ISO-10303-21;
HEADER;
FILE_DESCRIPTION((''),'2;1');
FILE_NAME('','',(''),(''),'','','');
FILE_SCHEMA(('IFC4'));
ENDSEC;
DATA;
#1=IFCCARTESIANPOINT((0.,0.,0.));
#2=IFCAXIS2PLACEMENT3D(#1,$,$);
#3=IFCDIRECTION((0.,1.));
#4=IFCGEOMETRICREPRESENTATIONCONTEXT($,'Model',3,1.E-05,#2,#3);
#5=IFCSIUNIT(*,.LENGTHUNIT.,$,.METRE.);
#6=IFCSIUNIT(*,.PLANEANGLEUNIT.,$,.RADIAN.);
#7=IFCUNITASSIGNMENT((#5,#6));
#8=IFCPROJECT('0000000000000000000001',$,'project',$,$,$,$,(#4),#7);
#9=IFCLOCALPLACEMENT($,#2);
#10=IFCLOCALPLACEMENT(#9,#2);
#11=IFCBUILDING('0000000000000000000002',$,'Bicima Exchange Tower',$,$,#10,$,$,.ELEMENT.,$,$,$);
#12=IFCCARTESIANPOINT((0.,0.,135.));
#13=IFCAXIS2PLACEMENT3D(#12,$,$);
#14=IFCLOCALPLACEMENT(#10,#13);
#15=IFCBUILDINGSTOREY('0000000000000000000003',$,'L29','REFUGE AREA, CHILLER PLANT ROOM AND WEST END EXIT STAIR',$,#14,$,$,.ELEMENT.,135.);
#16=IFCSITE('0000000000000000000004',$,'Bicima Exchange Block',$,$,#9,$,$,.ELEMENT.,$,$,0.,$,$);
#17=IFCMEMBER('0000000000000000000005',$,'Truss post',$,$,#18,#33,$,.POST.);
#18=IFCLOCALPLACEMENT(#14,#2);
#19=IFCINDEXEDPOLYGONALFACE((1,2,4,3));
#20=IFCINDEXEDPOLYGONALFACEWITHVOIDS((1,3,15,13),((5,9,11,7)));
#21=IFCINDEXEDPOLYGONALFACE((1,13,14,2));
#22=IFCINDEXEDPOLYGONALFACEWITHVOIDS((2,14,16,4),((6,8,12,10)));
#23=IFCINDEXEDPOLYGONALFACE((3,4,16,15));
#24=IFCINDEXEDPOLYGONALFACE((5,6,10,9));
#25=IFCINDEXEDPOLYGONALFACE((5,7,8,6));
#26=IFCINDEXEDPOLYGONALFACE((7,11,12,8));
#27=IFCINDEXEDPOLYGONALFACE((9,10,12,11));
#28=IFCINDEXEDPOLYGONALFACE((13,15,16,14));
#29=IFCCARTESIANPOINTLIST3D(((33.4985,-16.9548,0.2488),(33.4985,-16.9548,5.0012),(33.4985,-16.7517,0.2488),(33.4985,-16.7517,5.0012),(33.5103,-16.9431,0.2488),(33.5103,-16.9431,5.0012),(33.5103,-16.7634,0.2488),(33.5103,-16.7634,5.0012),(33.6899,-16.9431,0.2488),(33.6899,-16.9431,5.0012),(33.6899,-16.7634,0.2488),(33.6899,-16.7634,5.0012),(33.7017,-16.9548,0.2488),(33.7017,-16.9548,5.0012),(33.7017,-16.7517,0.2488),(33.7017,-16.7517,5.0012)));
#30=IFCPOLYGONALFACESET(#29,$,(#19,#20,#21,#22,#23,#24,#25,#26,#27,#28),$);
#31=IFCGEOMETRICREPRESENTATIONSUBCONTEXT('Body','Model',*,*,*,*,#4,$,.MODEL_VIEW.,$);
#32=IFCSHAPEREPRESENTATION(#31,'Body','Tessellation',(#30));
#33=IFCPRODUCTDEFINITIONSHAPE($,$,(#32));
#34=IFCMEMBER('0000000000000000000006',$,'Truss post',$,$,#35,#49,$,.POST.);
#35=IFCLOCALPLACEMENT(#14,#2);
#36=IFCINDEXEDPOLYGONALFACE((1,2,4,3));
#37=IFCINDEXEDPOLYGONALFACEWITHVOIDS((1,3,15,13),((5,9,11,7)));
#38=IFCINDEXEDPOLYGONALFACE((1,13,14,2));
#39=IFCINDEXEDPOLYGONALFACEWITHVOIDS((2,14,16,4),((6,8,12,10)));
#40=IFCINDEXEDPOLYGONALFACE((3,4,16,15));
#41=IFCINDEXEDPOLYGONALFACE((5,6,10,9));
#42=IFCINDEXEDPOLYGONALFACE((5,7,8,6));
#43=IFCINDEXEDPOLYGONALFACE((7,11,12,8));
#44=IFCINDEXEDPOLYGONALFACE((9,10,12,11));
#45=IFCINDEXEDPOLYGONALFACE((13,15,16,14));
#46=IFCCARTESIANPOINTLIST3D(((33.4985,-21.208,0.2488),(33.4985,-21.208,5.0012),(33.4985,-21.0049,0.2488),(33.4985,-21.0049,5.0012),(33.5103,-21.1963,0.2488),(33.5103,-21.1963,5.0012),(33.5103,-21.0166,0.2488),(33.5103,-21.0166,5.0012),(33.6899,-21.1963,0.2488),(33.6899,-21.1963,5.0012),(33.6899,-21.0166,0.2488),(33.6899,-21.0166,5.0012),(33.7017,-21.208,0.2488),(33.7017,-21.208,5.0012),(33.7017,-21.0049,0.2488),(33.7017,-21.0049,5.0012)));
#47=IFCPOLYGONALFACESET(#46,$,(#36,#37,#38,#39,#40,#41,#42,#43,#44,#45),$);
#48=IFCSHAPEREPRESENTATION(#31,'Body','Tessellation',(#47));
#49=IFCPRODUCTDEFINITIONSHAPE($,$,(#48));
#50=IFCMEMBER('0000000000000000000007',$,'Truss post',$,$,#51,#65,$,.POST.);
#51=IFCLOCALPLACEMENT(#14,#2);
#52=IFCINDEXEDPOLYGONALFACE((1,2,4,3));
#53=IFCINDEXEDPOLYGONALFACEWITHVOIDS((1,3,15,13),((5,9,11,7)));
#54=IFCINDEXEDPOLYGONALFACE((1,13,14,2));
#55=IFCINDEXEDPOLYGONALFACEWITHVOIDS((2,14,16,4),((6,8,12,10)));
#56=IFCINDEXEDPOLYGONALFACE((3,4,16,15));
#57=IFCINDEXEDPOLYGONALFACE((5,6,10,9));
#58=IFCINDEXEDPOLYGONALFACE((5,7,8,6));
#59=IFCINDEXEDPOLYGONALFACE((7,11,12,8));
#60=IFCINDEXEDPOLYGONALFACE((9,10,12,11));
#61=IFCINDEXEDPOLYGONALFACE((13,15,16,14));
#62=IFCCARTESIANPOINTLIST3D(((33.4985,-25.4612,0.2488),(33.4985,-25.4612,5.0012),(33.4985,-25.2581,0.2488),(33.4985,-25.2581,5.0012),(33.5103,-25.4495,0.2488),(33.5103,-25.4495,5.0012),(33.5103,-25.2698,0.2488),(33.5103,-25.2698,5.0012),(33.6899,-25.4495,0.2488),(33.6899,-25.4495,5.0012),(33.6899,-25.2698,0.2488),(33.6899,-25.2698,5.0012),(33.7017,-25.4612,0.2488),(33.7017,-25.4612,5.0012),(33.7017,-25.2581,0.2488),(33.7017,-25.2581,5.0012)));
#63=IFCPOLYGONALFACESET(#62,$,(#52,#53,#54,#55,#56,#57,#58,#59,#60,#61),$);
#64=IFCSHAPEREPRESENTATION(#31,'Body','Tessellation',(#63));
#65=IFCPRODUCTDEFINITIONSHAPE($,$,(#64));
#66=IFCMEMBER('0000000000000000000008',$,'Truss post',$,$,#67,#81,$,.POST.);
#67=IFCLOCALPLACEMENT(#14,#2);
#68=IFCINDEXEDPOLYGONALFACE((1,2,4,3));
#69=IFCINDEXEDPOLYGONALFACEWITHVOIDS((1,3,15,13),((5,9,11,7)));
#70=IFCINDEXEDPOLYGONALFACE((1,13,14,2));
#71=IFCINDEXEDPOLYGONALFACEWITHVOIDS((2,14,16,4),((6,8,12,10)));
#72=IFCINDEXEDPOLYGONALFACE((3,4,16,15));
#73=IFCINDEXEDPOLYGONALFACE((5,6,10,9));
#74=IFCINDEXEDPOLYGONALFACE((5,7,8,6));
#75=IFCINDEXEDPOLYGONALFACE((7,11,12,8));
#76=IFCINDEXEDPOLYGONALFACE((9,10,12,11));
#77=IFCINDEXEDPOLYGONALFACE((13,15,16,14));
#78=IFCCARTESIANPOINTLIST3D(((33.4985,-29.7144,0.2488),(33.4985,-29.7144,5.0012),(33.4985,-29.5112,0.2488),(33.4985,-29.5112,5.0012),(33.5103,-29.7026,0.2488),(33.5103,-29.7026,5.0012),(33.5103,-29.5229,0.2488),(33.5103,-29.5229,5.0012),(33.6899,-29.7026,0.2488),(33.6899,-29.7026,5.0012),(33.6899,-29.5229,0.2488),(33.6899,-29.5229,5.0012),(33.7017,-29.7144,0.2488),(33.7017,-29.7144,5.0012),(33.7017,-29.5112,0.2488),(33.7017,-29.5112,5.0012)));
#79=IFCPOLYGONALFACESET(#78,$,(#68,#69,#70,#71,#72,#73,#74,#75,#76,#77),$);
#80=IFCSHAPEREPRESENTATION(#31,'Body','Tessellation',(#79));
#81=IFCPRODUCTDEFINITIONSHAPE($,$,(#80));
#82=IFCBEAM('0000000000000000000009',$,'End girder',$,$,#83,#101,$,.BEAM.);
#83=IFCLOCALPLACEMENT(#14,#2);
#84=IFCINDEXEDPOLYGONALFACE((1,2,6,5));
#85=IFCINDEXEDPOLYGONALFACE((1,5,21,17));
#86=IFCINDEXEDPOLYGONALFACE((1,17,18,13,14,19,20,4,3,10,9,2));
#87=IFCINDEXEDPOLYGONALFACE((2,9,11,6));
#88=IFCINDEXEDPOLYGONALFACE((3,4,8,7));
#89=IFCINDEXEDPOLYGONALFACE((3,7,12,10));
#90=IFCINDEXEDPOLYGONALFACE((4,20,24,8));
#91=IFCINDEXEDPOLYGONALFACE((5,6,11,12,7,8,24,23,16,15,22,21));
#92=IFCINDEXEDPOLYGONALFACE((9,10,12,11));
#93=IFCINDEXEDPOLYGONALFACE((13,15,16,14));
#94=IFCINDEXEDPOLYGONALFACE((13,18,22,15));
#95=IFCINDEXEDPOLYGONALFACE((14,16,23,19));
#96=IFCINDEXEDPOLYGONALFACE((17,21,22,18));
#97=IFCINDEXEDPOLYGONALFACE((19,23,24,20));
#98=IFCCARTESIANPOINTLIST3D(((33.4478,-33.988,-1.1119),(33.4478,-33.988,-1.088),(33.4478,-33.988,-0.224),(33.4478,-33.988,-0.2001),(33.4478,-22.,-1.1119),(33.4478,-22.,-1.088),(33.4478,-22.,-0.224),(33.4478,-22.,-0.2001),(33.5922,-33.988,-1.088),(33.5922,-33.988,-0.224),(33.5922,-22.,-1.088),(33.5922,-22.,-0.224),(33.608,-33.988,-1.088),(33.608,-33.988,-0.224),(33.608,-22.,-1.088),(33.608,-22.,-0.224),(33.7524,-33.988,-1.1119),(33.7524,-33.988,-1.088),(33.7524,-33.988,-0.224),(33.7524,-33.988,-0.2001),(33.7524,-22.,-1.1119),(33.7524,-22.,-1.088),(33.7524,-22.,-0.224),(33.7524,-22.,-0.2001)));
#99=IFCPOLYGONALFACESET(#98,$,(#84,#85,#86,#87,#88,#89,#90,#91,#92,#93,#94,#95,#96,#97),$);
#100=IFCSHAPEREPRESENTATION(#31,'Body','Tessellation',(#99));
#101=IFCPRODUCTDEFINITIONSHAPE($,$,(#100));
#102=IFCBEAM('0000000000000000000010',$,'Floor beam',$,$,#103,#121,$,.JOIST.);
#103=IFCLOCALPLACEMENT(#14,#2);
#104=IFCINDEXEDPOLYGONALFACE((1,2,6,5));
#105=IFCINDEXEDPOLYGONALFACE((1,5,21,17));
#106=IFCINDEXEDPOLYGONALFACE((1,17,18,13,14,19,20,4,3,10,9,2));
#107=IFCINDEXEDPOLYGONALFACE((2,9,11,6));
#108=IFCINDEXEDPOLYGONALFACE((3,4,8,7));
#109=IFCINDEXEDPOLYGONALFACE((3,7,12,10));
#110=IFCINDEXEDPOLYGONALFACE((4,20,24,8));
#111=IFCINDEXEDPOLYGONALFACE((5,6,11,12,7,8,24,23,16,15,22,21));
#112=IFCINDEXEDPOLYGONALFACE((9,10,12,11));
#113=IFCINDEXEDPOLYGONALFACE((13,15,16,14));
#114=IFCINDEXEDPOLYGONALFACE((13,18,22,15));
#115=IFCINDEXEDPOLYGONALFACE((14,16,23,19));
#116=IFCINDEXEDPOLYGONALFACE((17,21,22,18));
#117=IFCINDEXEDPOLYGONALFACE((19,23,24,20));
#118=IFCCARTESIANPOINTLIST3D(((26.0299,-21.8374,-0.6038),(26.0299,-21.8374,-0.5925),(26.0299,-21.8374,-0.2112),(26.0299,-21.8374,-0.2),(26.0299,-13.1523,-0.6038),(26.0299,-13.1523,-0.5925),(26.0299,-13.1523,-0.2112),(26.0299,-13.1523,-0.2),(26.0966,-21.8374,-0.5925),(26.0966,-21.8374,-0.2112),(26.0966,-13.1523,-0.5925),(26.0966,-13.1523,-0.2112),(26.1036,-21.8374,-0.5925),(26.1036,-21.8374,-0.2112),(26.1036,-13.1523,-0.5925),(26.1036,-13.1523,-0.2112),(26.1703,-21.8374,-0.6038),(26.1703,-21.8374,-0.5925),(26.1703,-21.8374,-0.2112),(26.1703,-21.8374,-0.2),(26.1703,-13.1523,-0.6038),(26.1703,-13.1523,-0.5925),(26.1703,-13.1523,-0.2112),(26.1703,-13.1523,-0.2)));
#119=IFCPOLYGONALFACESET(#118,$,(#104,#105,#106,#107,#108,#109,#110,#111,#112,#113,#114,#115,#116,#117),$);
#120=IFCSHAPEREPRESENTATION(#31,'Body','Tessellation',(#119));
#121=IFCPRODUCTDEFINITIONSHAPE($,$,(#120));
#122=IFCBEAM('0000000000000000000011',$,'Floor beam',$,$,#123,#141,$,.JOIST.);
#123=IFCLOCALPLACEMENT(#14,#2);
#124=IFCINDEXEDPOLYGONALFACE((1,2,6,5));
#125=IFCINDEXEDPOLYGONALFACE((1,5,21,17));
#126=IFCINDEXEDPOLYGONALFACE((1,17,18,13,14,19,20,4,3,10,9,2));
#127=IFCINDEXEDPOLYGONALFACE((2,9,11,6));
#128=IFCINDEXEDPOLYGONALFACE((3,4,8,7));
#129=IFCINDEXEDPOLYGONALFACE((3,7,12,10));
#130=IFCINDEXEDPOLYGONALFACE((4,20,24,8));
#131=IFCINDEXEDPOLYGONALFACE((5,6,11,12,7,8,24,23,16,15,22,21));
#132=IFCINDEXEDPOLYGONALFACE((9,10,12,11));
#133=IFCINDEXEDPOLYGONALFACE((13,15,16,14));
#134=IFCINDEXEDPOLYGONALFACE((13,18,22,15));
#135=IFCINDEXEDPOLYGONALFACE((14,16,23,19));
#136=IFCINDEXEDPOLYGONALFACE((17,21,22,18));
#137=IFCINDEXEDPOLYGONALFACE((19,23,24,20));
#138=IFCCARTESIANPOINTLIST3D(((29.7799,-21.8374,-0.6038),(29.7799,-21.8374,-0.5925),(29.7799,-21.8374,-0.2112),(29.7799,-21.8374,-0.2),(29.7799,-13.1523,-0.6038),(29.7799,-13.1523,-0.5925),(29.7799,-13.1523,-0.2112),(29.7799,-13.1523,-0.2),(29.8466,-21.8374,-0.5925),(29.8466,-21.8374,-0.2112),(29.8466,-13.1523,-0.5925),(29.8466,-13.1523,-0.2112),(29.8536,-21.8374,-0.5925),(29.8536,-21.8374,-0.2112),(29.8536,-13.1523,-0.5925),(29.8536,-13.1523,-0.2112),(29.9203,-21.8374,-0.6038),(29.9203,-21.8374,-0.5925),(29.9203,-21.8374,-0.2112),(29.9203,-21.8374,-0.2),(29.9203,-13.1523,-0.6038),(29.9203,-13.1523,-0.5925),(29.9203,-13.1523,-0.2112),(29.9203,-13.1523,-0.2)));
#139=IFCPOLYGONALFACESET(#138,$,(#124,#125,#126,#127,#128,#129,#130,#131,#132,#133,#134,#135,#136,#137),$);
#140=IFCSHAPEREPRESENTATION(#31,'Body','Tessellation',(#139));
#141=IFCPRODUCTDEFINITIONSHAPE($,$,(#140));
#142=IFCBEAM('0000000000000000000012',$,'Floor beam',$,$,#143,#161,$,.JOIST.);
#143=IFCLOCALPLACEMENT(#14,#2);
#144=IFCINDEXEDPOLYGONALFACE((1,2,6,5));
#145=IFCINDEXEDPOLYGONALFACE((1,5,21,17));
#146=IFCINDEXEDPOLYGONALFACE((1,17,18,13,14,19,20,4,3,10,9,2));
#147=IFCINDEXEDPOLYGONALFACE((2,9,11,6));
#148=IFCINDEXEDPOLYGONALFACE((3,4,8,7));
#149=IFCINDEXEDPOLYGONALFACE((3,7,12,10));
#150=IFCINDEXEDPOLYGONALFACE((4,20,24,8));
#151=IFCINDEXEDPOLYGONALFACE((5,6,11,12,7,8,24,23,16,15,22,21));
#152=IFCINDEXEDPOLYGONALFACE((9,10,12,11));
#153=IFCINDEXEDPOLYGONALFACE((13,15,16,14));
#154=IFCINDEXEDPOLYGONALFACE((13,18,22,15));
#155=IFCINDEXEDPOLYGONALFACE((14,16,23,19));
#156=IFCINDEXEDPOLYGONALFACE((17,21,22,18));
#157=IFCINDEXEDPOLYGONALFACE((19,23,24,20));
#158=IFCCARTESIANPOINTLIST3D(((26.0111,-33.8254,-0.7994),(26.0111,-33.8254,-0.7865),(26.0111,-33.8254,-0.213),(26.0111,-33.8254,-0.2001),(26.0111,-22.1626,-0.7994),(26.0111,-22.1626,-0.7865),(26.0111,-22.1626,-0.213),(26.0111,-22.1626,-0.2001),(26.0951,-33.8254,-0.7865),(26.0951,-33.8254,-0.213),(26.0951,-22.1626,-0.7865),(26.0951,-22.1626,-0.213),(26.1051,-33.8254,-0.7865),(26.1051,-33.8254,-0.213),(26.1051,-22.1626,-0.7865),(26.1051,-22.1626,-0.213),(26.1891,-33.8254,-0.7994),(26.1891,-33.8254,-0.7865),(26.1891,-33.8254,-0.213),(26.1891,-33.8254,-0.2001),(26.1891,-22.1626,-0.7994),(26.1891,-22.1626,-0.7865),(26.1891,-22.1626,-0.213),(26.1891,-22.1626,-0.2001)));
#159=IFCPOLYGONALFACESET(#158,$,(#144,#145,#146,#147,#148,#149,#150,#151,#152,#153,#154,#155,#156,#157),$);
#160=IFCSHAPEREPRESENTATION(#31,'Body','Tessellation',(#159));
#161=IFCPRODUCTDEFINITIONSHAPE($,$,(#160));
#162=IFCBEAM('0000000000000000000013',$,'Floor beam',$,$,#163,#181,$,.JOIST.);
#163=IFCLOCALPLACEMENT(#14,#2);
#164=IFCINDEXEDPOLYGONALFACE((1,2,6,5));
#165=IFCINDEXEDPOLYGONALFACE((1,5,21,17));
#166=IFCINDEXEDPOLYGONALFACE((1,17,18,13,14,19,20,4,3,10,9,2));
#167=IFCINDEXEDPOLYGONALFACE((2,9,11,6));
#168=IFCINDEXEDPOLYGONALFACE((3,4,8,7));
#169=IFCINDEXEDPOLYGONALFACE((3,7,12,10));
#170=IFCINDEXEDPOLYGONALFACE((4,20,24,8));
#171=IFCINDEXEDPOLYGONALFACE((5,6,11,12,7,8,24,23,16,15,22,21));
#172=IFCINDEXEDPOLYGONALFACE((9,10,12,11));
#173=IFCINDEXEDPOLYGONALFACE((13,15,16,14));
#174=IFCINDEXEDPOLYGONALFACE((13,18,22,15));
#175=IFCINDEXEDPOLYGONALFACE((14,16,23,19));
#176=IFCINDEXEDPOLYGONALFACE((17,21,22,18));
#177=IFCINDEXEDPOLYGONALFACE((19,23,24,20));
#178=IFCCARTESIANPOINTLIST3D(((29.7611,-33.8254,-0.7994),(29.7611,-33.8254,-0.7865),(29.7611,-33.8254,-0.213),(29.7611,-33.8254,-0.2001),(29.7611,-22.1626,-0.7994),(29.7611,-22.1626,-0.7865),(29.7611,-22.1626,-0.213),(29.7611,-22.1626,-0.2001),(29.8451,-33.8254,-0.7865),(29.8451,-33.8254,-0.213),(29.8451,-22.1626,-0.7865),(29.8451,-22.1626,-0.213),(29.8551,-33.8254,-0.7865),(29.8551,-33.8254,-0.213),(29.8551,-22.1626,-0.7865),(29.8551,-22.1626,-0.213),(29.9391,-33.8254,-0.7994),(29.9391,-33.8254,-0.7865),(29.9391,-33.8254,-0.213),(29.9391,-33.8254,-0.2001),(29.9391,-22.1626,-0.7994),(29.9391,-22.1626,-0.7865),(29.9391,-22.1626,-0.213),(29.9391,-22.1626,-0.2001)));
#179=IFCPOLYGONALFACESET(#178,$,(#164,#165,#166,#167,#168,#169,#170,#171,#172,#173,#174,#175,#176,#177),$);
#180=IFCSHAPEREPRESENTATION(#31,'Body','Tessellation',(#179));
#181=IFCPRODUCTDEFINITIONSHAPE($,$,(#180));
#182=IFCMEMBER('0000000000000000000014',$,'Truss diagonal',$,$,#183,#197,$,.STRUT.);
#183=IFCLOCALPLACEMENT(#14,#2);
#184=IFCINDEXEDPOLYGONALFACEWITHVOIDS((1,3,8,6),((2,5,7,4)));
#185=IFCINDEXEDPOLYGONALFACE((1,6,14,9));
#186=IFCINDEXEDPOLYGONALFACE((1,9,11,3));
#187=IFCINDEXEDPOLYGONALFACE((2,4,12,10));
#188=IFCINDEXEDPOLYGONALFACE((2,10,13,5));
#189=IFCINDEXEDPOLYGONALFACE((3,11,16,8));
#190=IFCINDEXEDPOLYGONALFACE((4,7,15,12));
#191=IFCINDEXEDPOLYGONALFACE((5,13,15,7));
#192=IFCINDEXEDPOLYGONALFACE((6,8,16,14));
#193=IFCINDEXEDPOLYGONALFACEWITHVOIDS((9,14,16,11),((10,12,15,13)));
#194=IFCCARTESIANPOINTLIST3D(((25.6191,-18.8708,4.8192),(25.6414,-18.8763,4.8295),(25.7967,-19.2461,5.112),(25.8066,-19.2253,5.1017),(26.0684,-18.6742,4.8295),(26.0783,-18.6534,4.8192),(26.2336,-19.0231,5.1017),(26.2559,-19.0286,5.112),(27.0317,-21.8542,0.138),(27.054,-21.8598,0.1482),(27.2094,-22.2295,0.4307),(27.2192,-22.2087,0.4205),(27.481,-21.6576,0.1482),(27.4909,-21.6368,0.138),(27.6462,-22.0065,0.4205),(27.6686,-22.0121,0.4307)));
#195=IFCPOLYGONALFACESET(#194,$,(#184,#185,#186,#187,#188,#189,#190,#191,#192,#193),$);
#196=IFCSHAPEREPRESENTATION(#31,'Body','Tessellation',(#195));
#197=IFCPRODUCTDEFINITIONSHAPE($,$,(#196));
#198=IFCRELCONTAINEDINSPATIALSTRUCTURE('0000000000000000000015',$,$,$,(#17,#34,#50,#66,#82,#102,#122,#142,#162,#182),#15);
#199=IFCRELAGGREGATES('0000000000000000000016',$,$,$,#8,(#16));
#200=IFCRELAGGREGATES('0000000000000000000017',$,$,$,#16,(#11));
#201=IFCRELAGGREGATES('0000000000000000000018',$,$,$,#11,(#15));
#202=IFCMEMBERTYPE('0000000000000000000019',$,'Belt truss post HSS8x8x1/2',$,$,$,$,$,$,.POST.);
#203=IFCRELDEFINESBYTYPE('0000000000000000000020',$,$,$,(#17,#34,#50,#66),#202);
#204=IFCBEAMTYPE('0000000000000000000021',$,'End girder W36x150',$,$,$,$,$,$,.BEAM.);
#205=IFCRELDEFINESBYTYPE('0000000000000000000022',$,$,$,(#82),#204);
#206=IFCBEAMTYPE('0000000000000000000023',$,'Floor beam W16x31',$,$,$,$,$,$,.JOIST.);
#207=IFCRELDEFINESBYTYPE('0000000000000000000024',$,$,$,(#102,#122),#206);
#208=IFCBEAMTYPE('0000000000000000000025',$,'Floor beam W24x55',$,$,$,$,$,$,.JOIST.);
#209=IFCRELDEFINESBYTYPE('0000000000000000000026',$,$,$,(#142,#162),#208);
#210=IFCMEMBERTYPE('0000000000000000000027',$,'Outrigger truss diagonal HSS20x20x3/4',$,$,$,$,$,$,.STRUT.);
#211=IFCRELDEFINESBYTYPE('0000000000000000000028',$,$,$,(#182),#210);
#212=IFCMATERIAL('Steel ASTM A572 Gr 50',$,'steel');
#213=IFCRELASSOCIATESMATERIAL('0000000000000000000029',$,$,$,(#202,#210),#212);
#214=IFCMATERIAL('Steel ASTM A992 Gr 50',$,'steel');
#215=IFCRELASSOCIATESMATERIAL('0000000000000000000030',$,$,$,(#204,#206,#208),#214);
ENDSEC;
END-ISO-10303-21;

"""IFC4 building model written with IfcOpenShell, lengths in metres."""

from ifc_helpers import new_model, si_unit, direction, frame, origin, origin_2d, place, context, subcontext, project, spatial, hollow_rectangle, i_section, extrude, material, material_profile, profile_set, type_object, element, save


model = new_model("IFC4")

# Units and contexts
model_context = context("Model", 3, precision=1e-05, world=origin(), true_north=direction((0.0, 1.0)))
body_context = subcontext(model_context, "Body", "Model", "MODEL_VIEW")
ifc_project = project(units=[si_unit("LENGTHUNIT", "METRE"), si_unit("PLANEANGLEUNIT", "RADIAN")], contexts=[model_context])

# Site, building, storey
site_placement = place(None, origin())
site = spatial("IfcSite", under=ifc_project, at=site_placement, Name="Bicima Exchange Block", CompositionType="ELEMENT", RefElevation=0.0)
building_placement = place(site_placement, origin())
building = spatial("IfcBuilding", under=site, at=building_placement, Name="Bicima Exchange Tower", CompositionType="ELEMENT")
storey_placement = place(building_placement, frame((0.0, 0.0, 135.0)))
storey = spatial("IfcBuildingStorey", under=building, at=storey_placement, Name="L29", Description="REFUGE AREA, CHILLER PLANT ROOM AND WEST END EXIT STAIR", CompositionType="ELEMENT", Elevation=135.0)

# Members
ifc_material_1 = material(Name="Steel ASTM A572 Gr 50", Category="steel")
ifc_material_profile_1 = material_profile(ifc_material_1, hollow_rectangle(XDim=0.2031, YDim=0.2031, WallThickness=0.0117, at=origin_2d()))
ifc_profile_set_1 = profile_set([ifc_material_profile_1], Name="Steel ASTM A572 Gr 50")
member_type_1 = type_object("IfcMemberType", Name="Belt truss post HSS8x8x1/2", PredefinedType="POST", material=ifc_profile_set_1)
for number, where, z_axis, x_axis, name in (
    (1, (33.6001, -16.8533, 0.2488), (0.0, 0.0, 1.0), (1.0, 0.0, 0.0), "Truss post"),
    (2, (33.6001, -21.1064, 0.2488), (0.0, 0.0, 1.0), (1.0, 0.0, 0.0), "Truss post"),
    (3, (33.6001, -25.3596, 0.2488), (0.0, 0.0, 1.0), (1.0, 0.0, 0.0), "Truss post"),
    (4, (33.6001, -29.6128, 0.2488), (0.0, 0.0, 1.0), (1.0, 0.0, 0.0), "Truss post"),
):
    element("IfcMember", number, at=place(storey_placement, frame(where, z_axis=z_axis, x_axis=x_axis)), inside=storey, type_object=member_type_1, Name=name, PredefinedType="POST", context=body_context, shape_type="SweptSolid", body=[
        extrude(hollow_rectangle(XDim=0.2031, YDim=0.2031, WallThickness=0.0117, at=origin_2d()), origin(), (0.0, 0.0, 1.0), 4.7524),
    ])

# Beams
ifc_material_2 = material(Name="Steel ASTM A992 Gr 50", Category="steel")
ifc_material_profile_2 = material_profile(ifc_material_2, i_section(OverallWidth=0.3047, OverallDepth=0.9119, WebThickness=0.0159, FlangeThickness=0.0239, at=origin_2d()))
ifc_profile_set_2 = profile_set([ifc_material_profile_2], Name="Steel ASTM A992 Gr 50")
beam_type_1 = type_object("IfcBeamType", Name="End girder W36x150", PredefinedType="BEAM", material=ifc_profile_set_2)
beam_1_placement = place(storey_placement, frame((33.6001, -22.0, -0.656), z_axis=(0.0, -1.0, 0.0), x_axis=(1.0, 0.0, 0.0)))
element("IfcBeam", 5, at=beam_1_placement, inside=storey, type_object=beam_type_1, Name="End girder", PredefinedType="BEAM", context=body_context, shape_type="SweptSolid", body=[
    extrude(i_section(OverallWidth=0.3047, OverallDepth=0.9119, WebThickness=0.0159, FlangeThickness=0.0239, at=origin_2d()), origin(), (0.0, 0.0, 1.0), 11.988),
])
ifc_material_profile_3 = material_profile(ifc_material_2, i_section(OverallWidth=0.1404, OverallDepth=0.4038, WebThickness=0.0071, FlangeThickness=0.0112, at=origin_2d()))
ifc_profile_set_3 = profile_set([ifc_material_profile_3], Name="Steel ASTM A992 Gr 50")
beam_type_2 = type_object("IfcBeamType", Name="Floor beam W16x31", PredefinedType="JOIST", material=ifc_profile_set_3)
for number, where, z_axis, x_axis, name in (
    (6, (26.1001, -13.1523, -0.4019), (0.0, -1.0, 0.0), (1.0, 0.0, 0.0), "Floor beam"),
    (7, (29.8501, -13.1523, -0.4019), (0.0, -1.0, 0.0), (1.0, 0.0, 0.0), "Floor beam"),
):
    element("IfcBeam", number, at=place(storey_placement, frame(where, z_axis=z_axis, x_axis=x_axis)), inside=storey, type_object=beam_type_2, Name=name, PredefinedType="JOIST", context=body_context, shape_type="SweptSolid", body=[
        extrude(i_section(OverallWidth=0.1404, OverallDepth=0.4038, WebThickness=0.0071, FlangeThickness=0.0112, at=origin_2d()), origin(), (0.0, 0.0, 1.0), 8.6851),
    ])
ifc_material_profile_4 = material_profile(ifc_material_2, i_section(OverallWidth=0.178, OverallDepth=0.5994, WebThickness=0.01, FlangeThickness=0.0129, at=origin_2d()))
ifc_profile_set_4 = profile_set([ifc_material_profile_4], Name="Steel ASTM A992 Gr 50")
beam_type_3 = type_object("IfcBeamType", Name="Floor beam W24x55", PredefinedType="JOIST", material=ifc_profile_set_4)
for number, where, z_axis, x_axis, name in (
    (8, (26.1001, -22.1626, -0.4998), (0.0, -1.0, 0.0), (1.0, 0.0, 0.0), "Floor beam"),
    (9, (29.8501, -22.1626, -0.4998), (0.0, -1.0, 0.0), (1.0, 0.0, 0.0), "Floor beam"),
):
    element("IfcBeam", number, at=place(storey_placement, frame(where, z_axis=z_axis, x_axis=x_axis)), inside=storey, type_object=beam_type_3, Name=name, PredefinedType="JOIST", context=body_context, shape_type="SweptSolid", body=[
        extrude(i_section(OverallWidth=0.178, OverallDepth=0.5994, WebThickness=0.01, FlangeThickness=0.0129, at=origin_2d()), origin(), (0.0, 0.0, 1.0), 11.6628),
    ])

# Member
ifc_material_profile_5 = material_profile(ifc_material_1, hollow_rectangle(XDim=0.5081, YDim=0.5081, WallThickness=0.0178, at=origin_2d()))
ifc_profile_set_5 = profile_set([ifc_material_profile_5], Name="Steel ASTM A572 Gr 50")
member_type_2 = type_object("IfcMemberType", Name="Outrigger truss diagonal HSS20x20x3/4", PredefinedType="STRUT", material=ifc_profile_set_5)
member_1_placement = place(storey_placement, frame((25.9375, -18.9497, 4.9656), z_axis=(0.246615, -0.52085, -0.817249), x_axis=(0.903807, 0.42794, 0.0)))
element("IfcMember", 10, at=member_1_placement, inside=storey, type_object=member_type_2, Name="Truss diagonal", PredefinedType="STRUT", context=body_context, shape_type="SweptSolid", body=[
    extrude(hollow_rectangle(XDim=0.5081, YDim=0.5081, WallThickness=0.0178, at=origin_2d()), origin(), (0.0, 0.0, 1.0), 5.728),
])

save(model, "model.ifc")
